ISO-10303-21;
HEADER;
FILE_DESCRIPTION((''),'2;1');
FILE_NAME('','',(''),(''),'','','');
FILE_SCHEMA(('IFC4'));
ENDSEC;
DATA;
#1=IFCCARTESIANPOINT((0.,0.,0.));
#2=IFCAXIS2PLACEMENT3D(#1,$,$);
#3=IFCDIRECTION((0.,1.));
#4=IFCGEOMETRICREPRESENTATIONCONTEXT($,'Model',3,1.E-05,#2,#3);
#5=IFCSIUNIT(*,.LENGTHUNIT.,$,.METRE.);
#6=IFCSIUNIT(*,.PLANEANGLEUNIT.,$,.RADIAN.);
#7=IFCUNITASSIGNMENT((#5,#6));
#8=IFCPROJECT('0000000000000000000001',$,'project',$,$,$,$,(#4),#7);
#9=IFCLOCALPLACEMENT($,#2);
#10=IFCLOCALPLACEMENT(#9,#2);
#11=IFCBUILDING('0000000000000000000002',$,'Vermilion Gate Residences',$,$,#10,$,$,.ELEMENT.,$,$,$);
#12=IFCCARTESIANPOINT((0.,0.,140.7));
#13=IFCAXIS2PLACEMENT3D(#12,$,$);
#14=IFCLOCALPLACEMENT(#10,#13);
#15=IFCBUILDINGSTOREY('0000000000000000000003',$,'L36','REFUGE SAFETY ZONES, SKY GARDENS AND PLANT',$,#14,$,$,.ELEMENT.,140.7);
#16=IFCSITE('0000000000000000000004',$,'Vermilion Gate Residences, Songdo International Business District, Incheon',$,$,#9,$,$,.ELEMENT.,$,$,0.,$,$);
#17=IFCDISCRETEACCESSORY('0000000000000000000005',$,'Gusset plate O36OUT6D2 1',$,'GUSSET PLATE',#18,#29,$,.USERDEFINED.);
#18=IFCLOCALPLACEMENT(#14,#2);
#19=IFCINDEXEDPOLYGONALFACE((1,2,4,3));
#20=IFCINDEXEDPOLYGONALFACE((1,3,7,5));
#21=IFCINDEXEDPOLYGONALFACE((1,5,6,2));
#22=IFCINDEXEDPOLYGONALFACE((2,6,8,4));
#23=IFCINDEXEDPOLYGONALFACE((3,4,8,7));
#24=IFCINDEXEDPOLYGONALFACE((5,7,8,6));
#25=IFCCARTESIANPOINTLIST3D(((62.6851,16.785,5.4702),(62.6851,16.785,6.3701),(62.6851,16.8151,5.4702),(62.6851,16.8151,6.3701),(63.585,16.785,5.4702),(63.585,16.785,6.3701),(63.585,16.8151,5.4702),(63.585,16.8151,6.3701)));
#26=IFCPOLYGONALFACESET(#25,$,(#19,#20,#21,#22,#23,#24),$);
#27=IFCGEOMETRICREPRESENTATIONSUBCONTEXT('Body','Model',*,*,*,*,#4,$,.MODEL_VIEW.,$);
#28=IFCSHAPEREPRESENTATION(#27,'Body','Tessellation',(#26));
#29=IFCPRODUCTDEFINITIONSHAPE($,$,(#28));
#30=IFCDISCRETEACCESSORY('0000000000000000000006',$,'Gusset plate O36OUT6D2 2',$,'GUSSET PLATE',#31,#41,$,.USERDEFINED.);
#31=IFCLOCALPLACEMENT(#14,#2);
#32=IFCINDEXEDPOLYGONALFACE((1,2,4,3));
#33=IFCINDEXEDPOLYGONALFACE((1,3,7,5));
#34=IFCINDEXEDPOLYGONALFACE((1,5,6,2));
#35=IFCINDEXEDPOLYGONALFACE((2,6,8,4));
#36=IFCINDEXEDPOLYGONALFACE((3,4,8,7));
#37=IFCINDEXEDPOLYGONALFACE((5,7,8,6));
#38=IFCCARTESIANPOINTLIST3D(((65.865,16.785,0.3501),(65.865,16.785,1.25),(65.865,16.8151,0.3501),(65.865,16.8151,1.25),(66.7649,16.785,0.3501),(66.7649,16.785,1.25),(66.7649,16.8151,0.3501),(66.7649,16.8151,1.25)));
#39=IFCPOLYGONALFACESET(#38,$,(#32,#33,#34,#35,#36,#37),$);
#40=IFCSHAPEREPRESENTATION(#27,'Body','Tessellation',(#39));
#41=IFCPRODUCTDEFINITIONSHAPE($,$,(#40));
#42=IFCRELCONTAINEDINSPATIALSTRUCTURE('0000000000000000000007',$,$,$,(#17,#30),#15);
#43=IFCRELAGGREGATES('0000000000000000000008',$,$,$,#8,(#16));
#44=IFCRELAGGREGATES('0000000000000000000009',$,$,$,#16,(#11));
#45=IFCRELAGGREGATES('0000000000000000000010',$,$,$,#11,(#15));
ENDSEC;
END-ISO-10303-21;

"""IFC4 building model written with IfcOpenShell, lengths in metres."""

from ifc_helpers import new_model, si_unit, direction, frame, origin, origin_2d, place, context, subcontext, project, spatial, rectangle, extrude, element, save


model = new_model("IFC4")

# Units and contexts
model_context = context("Model", 3, precision=1e-05, world=origin(), true_north=direction((0.0, 1.0)))
body_context = subcontext(model_context, "Body", "Model", "MODEL_VIEW")
ifc_project = project(units=[si_unit("LENGTHUNIT", "METRE"), si_unit("PLANEANGLEUNIT", "RADIAN")], contexts=[model_context])

# Site, building, storey
site_placement = place(None, origin())
site = spatial("IfcSite", under=ifc_project, at=site_placement, Name="Vermilion Gate Residences, Songdo International Business District, Incheon", CompositionType="ELEMENT", RefElevation=0.0)
building_placement = place(site_placement, origin())
building = spatial("IfcBuilding", under=site, at=building_placement, Name="Vermilion Gate Residences", CompositionType="ELEMENT")
storey_placement = place(building_placement, frame((0.0, 0.0, 140.7)))
storey = spatial("IfcBuildingStorey", under=building, at=storey_placement, Name="L36", Description="REFUGE SAFETY ZONES, SKY GARDENS AND PLANT", CompositionType="ELEMENT", Elevation=140.7)

# Discrete accessories
for number, where, z_axis, x_axis, name in (
    (1, (63.135, 16.8, 5.4702), (0.0, 0.0, 1.0), (1.0, 0.0, 0.0), "Gusset plate O36OUT6D2 1"),
    (2, (66.3149, 16.8, 0.3501), (0.0, 0.0, 1.0), (1.0, 0.0, 0.0), "Gusset plate O36OUT6D2 2"),
):
    element("IfcDiscreteAccessory", number, at=place(storey_placement, frame(where, z_axis=z_axis, x_axis=x_axis)), inside=storey, Name=name, ObjectType="GUSSET PLATE", PredefinedType="USERDEFINED", context=body_context, shape_type="SweptSolid", body=[
        extrude(rectangle(XDim=0.8999, YDim=0.03, at=origin_2d()), origin(), (0.0, 0.0, 1.0), 0.8999),
    ])

save(model, "model.ifc")
